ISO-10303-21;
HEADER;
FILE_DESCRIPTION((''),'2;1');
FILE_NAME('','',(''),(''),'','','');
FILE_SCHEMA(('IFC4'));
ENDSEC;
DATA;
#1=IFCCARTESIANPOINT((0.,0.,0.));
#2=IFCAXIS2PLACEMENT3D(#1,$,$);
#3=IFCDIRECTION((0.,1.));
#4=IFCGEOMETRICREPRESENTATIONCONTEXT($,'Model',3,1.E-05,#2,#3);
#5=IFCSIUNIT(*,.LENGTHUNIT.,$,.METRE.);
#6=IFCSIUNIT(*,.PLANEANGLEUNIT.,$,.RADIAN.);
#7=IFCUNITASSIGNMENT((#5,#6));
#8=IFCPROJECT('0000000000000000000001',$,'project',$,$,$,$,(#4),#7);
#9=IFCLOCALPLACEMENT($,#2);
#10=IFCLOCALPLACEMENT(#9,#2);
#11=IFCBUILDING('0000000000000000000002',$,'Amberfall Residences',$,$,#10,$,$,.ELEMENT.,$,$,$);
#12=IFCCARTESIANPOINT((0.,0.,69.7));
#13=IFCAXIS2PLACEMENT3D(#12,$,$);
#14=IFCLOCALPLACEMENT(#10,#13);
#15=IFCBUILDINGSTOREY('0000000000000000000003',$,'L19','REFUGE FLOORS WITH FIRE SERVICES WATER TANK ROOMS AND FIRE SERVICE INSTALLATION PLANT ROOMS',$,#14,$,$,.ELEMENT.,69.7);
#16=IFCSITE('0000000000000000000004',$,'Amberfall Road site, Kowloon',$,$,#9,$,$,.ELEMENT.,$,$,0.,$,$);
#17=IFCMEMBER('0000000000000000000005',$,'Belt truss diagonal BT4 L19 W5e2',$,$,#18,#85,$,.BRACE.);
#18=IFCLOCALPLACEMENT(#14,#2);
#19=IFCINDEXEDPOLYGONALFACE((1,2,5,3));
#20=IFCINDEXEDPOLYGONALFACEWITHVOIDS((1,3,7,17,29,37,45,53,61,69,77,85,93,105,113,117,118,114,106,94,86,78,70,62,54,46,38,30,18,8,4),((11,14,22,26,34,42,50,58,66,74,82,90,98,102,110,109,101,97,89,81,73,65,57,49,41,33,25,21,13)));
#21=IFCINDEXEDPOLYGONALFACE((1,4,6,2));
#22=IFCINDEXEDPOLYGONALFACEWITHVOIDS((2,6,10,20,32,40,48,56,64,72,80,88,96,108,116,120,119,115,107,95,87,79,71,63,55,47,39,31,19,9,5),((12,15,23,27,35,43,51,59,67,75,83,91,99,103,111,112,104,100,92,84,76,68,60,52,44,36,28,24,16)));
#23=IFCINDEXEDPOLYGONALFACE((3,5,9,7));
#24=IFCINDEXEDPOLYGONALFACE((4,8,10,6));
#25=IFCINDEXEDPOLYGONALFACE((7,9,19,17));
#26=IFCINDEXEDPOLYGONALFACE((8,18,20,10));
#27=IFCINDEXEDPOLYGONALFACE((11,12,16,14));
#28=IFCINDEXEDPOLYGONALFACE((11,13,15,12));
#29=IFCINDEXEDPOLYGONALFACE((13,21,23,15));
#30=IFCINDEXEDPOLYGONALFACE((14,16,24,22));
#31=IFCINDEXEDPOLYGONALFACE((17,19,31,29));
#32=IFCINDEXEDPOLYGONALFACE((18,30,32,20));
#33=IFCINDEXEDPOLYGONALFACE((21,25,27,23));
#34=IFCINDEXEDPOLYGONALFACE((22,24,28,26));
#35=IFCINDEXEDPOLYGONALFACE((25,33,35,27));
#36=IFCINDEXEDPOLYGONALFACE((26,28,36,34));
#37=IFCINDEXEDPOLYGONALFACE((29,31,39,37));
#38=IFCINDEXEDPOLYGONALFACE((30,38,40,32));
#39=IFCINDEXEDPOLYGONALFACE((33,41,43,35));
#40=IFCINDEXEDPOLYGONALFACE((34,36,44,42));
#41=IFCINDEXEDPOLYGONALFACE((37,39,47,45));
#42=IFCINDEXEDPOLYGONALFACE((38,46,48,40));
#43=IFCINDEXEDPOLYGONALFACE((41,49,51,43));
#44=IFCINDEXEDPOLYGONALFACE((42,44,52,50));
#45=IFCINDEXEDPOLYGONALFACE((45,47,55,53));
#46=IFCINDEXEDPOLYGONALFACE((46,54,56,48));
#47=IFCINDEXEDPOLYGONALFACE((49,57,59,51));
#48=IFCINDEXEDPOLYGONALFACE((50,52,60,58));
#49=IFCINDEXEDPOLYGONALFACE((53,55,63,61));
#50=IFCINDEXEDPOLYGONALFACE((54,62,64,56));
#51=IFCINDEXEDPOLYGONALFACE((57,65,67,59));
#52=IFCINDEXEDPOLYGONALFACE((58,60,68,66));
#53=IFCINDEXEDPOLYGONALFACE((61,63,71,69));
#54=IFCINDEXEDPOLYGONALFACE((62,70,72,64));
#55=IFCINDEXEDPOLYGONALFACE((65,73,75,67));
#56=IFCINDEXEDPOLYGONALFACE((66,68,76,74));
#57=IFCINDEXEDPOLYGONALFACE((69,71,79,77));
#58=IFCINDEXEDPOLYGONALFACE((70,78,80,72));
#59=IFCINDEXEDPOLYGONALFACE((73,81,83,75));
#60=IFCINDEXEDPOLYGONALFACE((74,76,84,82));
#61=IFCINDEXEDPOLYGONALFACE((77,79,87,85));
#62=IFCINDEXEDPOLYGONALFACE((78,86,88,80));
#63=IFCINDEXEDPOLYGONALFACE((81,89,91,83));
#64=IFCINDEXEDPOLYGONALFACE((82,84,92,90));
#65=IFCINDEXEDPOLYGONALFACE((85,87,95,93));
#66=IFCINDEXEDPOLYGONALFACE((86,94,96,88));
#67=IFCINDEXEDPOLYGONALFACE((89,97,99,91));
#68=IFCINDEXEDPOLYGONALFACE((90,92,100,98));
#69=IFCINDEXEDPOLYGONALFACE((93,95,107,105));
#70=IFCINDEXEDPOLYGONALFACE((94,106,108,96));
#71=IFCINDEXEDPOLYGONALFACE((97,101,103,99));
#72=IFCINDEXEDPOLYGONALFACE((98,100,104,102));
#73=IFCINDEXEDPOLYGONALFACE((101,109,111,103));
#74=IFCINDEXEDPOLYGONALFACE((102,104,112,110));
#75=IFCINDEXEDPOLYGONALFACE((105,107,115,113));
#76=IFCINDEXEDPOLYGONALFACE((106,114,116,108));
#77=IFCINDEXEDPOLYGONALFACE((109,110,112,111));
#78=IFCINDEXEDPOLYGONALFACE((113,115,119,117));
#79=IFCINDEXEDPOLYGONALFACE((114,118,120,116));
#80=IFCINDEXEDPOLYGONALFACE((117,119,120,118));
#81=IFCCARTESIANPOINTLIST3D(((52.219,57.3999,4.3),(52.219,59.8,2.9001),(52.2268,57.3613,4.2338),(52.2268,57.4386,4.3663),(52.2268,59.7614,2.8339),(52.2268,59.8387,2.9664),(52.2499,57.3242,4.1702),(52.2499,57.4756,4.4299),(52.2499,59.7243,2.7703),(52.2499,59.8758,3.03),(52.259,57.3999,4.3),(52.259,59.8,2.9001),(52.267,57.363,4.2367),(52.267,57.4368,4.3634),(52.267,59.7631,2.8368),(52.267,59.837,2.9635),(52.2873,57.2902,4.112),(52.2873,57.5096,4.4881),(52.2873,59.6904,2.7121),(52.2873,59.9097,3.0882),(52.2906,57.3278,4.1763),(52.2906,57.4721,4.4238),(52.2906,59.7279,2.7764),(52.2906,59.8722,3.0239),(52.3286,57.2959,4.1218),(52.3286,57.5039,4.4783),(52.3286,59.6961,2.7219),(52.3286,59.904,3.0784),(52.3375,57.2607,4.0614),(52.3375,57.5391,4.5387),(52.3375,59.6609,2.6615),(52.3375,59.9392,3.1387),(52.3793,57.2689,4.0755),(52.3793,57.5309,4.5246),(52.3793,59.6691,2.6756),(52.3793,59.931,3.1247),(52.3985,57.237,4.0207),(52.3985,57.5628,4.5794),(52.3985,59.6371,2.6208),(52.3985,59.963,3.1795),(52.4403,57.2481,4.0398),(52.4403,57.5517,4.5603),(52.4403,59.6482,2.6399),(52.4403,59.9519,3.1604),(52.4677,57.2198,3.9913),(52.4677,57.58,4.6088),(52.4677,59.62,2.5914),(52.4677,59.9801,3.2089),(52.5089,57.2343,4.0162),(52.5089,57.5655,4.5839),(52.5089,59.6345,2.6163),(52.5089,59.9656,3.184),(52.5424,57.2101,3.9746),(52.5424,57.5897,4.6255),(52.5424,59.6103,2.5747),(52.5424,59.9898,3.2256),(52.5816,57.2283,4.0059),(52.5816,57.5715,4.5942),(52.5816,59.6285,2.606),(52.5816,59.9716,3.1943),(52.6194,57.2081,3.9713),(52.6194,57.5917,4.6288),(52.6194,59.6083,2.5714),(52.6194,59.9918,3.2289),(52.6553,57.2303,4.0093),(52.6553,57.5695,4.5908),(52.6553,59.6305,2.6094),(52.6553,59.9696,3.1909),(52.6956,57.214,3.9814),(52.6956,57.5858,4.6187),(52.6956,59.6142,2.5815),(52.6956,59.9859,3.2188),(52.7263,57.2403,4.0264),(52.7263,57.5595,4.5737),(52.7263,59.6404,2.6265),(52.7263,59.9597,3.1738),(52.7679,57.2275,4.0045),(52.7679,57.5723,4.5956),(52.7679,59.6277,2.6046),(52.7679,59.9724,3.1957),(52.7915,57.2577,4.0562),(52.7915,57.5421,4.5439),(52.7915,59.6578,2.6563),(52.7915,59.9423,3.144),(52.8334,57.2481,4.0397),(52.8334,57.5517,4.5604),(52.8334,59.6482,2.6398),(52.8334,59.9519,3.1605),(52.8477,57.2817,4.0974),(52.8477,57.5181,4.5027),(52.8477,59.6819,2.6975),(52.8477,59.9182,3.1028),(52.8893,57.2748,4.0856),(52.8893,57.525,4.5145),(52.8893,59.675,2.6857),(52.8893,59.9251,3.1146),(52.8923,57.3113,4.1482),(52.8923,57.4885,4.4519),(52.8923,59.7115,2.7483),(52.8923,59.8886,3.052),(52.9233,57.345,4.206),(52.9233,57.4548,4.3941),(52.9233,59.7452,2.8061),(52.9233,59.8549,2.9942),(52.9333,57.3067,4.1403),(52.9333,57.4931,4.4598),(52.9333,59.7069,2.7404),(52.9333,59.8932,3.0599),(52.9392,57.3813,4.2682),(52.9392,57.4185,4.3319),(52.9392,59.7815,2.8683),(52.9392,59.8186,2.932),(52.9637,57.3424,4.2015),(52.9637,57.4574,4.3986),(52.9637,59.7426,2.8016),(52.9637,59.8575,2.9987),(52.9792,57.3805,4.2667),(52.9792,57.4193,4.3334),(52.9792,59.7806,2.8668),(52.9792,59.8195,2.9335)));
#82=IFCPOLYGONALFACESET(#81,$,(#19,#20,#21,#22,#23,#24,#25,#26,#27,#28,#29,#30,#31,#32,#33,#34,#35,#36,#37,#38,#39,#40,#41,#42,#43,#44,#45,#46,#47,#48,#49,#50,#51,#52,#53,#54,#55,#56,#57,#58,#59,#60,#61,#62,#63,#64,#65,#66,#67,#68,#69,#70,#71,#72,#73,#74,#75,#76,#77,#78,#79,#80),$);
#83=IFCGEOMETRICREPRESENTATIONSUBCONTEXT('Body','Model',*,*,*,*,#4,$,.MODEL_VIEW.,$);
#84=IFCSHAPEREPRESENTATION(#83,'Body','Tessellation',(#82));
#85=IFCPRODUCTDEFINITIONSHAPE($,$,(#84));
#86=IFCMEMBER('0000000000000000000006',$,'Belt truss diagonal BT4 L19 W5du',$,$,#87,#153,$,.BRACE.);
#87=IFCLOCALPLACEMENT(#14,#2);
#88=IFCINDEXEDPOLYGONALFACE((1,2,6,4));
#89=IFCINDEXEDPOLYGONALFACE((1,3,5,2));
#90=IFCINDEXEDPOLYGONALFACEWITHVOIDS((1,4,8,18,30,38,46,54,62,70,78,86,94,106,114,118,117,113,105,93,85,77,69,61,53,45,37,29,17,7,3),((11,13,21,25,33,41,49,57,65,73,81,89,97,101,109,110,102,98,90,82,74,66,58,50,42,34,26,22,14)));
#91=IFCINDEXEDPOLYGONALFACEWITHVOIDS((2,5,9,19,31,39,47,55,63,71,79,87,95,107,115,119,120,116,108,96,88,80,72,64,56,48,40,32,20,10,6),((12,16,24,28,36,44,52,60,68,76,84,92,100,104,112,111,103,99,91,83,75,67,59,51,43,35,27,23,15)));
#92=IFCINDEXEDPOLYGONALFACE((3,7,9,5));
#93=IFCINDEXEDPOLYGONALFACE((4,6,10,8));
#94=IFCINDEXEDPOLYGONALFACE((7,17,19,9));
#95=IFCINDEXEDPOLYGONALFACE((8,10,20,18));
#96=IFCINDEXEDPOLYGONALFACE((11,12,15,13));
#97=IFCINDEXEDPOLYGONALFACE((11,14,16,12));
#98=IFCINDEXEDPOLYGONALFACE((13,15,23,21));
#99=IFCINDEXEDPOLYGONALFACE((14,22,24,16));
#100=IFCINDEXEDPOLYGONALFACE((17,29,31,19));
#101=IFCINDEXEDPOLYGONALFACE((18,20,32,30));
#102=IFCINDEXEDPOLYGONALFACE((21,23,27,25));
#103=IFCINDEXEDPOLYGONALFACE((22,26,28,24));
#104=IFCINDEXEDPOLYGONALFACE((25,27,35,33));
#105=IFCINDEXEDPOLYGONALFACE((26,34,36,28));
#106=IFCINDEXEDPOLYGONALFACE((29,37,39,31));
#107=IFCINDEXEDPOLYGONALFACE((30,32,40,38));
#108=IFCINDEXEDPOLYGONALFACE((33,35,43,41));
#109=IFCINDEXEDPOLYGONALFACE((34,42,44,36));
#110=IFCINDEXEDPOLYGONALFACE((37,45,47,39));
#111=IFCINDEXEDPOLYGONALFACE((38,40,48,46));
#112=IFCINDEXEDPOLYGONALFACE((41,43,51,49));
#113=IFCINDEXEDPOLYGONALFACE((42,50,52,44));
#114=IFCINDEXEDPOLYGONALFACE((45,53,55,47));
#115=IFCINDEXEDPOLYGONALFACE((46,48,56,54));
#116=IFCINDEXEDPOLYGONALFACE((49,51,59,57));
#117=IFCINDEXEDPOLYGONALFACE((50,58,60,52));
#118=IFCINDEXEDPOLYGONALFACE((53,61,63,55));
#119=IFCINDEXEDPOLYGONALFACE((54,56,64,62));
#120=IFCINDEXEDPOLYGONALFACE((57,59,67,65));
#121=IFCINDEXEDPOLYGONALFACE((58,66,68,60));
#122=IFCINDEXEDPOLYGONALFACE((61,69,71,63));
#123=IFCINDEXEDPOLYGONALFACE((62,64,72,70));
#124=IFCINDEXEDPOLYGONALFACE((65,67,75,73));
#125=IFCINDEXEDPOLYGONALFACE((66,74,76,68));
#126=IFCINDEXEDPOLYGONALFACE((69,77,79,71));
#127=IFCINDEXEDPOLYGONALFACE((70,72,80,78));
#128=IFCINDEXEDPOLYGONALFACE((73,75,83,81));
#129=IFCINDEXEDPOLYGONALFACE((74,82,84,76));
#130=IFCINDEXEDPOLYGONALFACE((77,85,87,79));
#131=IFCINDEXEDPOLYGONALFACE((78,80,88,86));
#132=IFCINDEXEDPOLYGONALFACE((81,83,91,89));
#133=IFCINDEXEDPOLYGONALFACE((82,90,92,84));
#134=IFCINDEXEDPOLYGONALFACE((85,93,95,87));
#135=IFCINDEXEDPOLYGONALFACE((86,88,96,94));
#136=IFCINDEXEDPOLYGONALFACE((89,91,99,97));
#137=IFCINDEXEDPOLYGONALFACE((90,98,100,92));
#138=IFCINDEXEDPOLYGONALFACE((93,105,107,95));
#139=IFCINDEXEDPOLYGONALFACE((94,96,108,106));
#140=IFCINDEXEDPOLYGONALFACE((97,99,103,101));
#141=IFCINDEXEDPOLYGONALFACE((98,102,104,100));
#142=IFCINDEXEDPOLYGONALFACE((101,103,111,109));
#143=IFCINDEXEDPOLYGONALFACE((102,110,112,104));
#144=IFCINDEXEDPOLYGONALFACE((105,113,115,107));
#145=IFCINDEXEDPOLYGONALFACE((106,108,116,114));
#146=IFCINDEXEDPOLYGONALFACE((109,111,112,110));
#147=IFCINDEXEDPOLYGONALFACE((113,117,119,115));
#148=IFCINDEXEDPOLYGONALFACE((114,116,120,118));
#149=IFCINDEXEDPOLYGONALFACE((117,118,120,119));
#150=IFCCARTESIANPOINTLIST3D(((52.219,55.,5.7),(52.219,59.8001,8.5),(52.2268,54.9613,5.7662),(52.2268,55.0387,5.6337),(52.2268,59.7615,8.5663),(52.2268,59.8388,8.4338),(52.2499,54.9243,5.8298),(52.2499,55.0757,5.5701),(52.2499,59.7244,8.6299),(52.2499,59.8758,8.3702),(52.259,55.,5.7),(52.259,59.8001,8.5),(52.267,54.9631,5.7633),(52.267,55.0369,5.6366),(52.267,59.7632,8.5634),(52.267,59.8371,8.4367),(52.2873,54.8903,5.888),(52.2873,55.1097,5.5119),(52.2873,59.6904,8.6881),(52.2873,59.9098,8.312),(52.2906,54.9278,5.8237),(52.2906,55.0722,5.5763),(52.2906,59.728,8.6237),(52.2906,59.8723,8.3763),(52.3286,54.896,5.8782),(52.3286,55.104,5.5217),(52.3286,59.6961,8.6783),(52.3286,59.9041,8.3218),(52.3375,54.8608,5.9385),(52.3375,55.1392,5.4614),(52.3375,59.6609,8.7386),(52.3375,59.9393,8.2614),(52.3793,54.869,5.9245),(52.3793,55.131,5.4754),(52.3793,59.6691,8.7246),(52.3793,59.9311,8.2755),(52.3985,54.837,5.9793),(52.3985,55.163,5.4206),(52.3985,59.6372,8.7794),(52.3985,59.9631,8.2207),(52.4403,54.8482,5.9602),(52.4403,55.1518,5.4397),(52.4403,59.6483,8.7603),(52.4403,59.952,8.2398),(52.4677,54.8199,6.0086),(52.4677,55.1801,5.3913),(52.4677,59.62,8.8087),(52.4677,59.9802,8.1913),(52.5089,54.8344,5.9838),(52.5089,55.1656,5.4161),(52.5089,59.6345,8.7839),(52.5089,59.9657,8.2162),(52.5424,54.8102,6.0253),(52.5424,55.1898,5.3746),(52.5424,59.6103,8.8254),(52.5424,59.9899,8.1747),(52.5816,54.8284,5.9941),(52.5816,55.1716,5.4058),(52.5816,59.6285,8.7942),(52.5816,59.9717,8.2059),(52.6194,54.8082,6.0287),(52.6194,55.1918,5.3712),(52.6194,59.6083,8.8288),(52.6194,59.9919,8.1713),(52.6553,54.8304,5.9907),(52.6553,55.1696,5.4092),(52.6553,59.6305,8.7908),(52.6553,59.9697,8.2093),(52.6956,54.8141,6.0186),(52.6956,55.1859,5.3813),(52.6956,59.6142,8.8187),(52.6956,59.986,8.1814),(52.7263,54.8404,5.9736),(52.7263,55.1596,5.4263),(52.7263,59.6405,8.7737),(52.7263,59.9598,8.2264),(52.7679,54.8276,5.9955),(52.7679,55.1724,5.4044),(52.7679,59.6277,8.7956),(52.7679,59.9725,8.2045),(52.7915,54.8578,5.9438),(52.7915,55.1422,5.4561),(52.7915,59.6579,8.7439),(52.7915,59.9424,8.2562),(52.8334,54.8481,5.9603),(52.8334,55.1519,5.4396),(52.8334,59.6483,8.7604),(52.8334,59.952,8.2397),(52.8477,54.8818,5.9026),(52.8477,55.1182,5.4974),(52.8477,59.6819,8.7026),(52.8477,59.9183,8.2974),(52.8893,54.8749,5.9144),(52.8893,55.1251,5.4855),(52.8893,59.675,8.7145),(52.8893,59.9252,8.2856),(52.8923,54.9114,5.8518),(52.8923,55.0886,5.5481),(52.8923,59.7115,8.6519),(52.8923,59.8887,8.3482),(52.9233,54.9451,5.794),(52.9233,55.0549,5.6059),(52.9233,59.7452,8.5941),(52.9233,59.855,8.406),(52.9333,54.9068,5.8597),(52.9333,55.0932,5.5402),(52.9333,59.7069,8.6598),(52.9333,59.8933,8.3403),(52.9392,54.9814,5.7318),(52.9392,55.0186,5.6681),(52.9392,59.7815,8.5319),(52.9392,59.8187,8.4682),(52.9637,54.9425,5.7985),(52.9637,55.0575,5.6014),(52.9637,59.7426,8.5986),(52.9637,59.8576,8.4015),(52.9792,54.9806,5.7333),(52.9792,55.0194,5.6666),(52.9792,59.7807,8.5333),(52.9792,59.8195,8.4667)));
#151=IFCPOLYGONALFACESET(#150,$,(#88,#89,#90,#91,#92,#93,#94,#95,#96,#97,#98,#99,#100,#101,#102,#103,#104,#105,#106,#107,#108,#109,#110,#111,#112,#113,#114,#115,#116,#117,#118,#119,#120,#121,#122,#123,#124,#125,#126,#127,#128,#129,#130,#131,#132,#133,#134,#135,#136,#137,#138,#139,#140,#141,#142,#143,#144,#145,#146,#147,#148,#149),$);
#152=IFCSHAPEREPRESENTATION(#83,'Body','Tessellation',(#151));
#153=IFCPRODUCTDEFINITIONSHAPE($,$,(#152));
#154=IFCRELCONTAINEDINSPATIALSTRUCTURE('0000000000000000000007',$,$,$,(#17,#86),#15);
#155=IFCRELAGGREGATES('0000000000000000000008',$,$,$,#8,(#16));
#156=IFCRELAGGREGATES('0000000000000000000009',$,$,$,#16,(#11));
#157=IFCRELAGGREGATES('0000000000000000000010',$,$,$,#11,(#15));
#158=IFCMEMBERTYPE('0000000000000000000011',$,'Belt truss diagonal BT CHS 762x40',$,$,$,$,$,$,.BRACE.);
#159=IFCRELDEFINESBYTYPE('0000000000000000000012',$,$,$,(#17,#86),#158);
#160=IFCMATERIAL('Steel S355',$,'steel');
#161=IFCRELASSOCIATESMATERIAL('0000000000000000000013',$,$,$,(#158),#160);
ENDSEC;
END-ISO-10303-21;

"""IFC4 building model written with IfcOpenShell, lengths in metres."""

from ifc_helpers import new_model, si_unit, direction, frame, origin, origin_2d, place, context, subcontext, project, spatial, hollow_circle, extrude, material, material_profile, profile_set, type_object, element, save


model = new_model("IFC4")

# Units and contexts
model_context = context("Model", 3, precision=1e-05, world=origin(), true_north=direction((0.0, 1.0)))
body_context = subcontext(model_context, "Body", "Model", "MODEL_VIEW")
ifc_project = project(units=[si_unit("LENGTHUNIT", "METRE"), si_unit("PLANEANGLEUNIT", "RADIAN")], contexts=[model_context])

# Site, building, storey
site_placement = place(None, origin())
site = spatial("IfcSite", under=ifc_project, at=site_placement, Name="Amberfall Road site, Kowloon", CompositionType="ELEMENT", RefElevation=0.0)
building_placement = place(site_placement, origin())
building = spatial("IfcBuilding", under=site, at=building_placement, Name="Amberfall Residences", CompositionType="ELEMENT")
storey_placement = place(building_placement, frame((0.0, 0.0, 69.7)))
storey = spatial("IfcBuildingStorey", under=building, at=storey_placement, Name="L19", Description="REFUGE FLOORS WITH FIRE SERVICES WATER TANK ROOMS AND FIRE SERVICE INSTALLATION PLANT ROOMS", CompositionType="ELEMENT", Elevation=69.7)

# Members
ifc_material_1 = material(Name="Steel S355", Category="steel")
ifc_material_profile_1 = material_profile(ifc_material_1, hollow_circle(Radius=0.3811, WallThickness=0.04, at=origin_2d()), Name="CHS 762x40")
ifc_profile_set_1 = profile_set([ifc_material_profile_1], Name="Steel S355")
member_type_1 = type_object("IfcMemberType", Name="Belt truss diagonal BT CHS 762x40", PredefinedType="BRACE", material=ifc_profile_set_1)
member_1_placement = place(storey_placement, frame((52.6001, 57.3999, 4.3), z_axis=(0.0, 0.863808, -0.503822), x_axis=(-1.0, 0.0, 0.0)))
element("IfcMember", 1, at=member_1_placement, inside=storey, type_object=member_type_1, Name="Belt truss diagonal BT4 L19 W5e2", PredefinedType="BRACE", context=body_context, shape_type="SweptSolid", body=[
    extrude(hollow_circle(Radius=0.3811, WallThickness=0.04, at=origin_2d()), origin(), (0.0, 0.0, 1.0), 2.7786),
])
member_2_placement = place(storey_placement, frame((52.6001, 55.0, 5.7), z_axis=(0.0, 0.863777, 0.503874), x_axis=(-1.0, 0.0, 0.0)))
element("IfcMember", 2, at=member_2_placement, inside=storey, type_object=member_type_1, Name="Belt truss diagonal BT4 L19 W5du", PredefinedType="BRACE", context=body_context, shape_type="SweptSolid", body=[
    extrude(hollow_circle(Radius=0.3811, WallThickness=0.04, at=origin_2d()), origin(), (0.0, 0.0, 1.0), 5.5571),
])

save(model, "model.ifc")
